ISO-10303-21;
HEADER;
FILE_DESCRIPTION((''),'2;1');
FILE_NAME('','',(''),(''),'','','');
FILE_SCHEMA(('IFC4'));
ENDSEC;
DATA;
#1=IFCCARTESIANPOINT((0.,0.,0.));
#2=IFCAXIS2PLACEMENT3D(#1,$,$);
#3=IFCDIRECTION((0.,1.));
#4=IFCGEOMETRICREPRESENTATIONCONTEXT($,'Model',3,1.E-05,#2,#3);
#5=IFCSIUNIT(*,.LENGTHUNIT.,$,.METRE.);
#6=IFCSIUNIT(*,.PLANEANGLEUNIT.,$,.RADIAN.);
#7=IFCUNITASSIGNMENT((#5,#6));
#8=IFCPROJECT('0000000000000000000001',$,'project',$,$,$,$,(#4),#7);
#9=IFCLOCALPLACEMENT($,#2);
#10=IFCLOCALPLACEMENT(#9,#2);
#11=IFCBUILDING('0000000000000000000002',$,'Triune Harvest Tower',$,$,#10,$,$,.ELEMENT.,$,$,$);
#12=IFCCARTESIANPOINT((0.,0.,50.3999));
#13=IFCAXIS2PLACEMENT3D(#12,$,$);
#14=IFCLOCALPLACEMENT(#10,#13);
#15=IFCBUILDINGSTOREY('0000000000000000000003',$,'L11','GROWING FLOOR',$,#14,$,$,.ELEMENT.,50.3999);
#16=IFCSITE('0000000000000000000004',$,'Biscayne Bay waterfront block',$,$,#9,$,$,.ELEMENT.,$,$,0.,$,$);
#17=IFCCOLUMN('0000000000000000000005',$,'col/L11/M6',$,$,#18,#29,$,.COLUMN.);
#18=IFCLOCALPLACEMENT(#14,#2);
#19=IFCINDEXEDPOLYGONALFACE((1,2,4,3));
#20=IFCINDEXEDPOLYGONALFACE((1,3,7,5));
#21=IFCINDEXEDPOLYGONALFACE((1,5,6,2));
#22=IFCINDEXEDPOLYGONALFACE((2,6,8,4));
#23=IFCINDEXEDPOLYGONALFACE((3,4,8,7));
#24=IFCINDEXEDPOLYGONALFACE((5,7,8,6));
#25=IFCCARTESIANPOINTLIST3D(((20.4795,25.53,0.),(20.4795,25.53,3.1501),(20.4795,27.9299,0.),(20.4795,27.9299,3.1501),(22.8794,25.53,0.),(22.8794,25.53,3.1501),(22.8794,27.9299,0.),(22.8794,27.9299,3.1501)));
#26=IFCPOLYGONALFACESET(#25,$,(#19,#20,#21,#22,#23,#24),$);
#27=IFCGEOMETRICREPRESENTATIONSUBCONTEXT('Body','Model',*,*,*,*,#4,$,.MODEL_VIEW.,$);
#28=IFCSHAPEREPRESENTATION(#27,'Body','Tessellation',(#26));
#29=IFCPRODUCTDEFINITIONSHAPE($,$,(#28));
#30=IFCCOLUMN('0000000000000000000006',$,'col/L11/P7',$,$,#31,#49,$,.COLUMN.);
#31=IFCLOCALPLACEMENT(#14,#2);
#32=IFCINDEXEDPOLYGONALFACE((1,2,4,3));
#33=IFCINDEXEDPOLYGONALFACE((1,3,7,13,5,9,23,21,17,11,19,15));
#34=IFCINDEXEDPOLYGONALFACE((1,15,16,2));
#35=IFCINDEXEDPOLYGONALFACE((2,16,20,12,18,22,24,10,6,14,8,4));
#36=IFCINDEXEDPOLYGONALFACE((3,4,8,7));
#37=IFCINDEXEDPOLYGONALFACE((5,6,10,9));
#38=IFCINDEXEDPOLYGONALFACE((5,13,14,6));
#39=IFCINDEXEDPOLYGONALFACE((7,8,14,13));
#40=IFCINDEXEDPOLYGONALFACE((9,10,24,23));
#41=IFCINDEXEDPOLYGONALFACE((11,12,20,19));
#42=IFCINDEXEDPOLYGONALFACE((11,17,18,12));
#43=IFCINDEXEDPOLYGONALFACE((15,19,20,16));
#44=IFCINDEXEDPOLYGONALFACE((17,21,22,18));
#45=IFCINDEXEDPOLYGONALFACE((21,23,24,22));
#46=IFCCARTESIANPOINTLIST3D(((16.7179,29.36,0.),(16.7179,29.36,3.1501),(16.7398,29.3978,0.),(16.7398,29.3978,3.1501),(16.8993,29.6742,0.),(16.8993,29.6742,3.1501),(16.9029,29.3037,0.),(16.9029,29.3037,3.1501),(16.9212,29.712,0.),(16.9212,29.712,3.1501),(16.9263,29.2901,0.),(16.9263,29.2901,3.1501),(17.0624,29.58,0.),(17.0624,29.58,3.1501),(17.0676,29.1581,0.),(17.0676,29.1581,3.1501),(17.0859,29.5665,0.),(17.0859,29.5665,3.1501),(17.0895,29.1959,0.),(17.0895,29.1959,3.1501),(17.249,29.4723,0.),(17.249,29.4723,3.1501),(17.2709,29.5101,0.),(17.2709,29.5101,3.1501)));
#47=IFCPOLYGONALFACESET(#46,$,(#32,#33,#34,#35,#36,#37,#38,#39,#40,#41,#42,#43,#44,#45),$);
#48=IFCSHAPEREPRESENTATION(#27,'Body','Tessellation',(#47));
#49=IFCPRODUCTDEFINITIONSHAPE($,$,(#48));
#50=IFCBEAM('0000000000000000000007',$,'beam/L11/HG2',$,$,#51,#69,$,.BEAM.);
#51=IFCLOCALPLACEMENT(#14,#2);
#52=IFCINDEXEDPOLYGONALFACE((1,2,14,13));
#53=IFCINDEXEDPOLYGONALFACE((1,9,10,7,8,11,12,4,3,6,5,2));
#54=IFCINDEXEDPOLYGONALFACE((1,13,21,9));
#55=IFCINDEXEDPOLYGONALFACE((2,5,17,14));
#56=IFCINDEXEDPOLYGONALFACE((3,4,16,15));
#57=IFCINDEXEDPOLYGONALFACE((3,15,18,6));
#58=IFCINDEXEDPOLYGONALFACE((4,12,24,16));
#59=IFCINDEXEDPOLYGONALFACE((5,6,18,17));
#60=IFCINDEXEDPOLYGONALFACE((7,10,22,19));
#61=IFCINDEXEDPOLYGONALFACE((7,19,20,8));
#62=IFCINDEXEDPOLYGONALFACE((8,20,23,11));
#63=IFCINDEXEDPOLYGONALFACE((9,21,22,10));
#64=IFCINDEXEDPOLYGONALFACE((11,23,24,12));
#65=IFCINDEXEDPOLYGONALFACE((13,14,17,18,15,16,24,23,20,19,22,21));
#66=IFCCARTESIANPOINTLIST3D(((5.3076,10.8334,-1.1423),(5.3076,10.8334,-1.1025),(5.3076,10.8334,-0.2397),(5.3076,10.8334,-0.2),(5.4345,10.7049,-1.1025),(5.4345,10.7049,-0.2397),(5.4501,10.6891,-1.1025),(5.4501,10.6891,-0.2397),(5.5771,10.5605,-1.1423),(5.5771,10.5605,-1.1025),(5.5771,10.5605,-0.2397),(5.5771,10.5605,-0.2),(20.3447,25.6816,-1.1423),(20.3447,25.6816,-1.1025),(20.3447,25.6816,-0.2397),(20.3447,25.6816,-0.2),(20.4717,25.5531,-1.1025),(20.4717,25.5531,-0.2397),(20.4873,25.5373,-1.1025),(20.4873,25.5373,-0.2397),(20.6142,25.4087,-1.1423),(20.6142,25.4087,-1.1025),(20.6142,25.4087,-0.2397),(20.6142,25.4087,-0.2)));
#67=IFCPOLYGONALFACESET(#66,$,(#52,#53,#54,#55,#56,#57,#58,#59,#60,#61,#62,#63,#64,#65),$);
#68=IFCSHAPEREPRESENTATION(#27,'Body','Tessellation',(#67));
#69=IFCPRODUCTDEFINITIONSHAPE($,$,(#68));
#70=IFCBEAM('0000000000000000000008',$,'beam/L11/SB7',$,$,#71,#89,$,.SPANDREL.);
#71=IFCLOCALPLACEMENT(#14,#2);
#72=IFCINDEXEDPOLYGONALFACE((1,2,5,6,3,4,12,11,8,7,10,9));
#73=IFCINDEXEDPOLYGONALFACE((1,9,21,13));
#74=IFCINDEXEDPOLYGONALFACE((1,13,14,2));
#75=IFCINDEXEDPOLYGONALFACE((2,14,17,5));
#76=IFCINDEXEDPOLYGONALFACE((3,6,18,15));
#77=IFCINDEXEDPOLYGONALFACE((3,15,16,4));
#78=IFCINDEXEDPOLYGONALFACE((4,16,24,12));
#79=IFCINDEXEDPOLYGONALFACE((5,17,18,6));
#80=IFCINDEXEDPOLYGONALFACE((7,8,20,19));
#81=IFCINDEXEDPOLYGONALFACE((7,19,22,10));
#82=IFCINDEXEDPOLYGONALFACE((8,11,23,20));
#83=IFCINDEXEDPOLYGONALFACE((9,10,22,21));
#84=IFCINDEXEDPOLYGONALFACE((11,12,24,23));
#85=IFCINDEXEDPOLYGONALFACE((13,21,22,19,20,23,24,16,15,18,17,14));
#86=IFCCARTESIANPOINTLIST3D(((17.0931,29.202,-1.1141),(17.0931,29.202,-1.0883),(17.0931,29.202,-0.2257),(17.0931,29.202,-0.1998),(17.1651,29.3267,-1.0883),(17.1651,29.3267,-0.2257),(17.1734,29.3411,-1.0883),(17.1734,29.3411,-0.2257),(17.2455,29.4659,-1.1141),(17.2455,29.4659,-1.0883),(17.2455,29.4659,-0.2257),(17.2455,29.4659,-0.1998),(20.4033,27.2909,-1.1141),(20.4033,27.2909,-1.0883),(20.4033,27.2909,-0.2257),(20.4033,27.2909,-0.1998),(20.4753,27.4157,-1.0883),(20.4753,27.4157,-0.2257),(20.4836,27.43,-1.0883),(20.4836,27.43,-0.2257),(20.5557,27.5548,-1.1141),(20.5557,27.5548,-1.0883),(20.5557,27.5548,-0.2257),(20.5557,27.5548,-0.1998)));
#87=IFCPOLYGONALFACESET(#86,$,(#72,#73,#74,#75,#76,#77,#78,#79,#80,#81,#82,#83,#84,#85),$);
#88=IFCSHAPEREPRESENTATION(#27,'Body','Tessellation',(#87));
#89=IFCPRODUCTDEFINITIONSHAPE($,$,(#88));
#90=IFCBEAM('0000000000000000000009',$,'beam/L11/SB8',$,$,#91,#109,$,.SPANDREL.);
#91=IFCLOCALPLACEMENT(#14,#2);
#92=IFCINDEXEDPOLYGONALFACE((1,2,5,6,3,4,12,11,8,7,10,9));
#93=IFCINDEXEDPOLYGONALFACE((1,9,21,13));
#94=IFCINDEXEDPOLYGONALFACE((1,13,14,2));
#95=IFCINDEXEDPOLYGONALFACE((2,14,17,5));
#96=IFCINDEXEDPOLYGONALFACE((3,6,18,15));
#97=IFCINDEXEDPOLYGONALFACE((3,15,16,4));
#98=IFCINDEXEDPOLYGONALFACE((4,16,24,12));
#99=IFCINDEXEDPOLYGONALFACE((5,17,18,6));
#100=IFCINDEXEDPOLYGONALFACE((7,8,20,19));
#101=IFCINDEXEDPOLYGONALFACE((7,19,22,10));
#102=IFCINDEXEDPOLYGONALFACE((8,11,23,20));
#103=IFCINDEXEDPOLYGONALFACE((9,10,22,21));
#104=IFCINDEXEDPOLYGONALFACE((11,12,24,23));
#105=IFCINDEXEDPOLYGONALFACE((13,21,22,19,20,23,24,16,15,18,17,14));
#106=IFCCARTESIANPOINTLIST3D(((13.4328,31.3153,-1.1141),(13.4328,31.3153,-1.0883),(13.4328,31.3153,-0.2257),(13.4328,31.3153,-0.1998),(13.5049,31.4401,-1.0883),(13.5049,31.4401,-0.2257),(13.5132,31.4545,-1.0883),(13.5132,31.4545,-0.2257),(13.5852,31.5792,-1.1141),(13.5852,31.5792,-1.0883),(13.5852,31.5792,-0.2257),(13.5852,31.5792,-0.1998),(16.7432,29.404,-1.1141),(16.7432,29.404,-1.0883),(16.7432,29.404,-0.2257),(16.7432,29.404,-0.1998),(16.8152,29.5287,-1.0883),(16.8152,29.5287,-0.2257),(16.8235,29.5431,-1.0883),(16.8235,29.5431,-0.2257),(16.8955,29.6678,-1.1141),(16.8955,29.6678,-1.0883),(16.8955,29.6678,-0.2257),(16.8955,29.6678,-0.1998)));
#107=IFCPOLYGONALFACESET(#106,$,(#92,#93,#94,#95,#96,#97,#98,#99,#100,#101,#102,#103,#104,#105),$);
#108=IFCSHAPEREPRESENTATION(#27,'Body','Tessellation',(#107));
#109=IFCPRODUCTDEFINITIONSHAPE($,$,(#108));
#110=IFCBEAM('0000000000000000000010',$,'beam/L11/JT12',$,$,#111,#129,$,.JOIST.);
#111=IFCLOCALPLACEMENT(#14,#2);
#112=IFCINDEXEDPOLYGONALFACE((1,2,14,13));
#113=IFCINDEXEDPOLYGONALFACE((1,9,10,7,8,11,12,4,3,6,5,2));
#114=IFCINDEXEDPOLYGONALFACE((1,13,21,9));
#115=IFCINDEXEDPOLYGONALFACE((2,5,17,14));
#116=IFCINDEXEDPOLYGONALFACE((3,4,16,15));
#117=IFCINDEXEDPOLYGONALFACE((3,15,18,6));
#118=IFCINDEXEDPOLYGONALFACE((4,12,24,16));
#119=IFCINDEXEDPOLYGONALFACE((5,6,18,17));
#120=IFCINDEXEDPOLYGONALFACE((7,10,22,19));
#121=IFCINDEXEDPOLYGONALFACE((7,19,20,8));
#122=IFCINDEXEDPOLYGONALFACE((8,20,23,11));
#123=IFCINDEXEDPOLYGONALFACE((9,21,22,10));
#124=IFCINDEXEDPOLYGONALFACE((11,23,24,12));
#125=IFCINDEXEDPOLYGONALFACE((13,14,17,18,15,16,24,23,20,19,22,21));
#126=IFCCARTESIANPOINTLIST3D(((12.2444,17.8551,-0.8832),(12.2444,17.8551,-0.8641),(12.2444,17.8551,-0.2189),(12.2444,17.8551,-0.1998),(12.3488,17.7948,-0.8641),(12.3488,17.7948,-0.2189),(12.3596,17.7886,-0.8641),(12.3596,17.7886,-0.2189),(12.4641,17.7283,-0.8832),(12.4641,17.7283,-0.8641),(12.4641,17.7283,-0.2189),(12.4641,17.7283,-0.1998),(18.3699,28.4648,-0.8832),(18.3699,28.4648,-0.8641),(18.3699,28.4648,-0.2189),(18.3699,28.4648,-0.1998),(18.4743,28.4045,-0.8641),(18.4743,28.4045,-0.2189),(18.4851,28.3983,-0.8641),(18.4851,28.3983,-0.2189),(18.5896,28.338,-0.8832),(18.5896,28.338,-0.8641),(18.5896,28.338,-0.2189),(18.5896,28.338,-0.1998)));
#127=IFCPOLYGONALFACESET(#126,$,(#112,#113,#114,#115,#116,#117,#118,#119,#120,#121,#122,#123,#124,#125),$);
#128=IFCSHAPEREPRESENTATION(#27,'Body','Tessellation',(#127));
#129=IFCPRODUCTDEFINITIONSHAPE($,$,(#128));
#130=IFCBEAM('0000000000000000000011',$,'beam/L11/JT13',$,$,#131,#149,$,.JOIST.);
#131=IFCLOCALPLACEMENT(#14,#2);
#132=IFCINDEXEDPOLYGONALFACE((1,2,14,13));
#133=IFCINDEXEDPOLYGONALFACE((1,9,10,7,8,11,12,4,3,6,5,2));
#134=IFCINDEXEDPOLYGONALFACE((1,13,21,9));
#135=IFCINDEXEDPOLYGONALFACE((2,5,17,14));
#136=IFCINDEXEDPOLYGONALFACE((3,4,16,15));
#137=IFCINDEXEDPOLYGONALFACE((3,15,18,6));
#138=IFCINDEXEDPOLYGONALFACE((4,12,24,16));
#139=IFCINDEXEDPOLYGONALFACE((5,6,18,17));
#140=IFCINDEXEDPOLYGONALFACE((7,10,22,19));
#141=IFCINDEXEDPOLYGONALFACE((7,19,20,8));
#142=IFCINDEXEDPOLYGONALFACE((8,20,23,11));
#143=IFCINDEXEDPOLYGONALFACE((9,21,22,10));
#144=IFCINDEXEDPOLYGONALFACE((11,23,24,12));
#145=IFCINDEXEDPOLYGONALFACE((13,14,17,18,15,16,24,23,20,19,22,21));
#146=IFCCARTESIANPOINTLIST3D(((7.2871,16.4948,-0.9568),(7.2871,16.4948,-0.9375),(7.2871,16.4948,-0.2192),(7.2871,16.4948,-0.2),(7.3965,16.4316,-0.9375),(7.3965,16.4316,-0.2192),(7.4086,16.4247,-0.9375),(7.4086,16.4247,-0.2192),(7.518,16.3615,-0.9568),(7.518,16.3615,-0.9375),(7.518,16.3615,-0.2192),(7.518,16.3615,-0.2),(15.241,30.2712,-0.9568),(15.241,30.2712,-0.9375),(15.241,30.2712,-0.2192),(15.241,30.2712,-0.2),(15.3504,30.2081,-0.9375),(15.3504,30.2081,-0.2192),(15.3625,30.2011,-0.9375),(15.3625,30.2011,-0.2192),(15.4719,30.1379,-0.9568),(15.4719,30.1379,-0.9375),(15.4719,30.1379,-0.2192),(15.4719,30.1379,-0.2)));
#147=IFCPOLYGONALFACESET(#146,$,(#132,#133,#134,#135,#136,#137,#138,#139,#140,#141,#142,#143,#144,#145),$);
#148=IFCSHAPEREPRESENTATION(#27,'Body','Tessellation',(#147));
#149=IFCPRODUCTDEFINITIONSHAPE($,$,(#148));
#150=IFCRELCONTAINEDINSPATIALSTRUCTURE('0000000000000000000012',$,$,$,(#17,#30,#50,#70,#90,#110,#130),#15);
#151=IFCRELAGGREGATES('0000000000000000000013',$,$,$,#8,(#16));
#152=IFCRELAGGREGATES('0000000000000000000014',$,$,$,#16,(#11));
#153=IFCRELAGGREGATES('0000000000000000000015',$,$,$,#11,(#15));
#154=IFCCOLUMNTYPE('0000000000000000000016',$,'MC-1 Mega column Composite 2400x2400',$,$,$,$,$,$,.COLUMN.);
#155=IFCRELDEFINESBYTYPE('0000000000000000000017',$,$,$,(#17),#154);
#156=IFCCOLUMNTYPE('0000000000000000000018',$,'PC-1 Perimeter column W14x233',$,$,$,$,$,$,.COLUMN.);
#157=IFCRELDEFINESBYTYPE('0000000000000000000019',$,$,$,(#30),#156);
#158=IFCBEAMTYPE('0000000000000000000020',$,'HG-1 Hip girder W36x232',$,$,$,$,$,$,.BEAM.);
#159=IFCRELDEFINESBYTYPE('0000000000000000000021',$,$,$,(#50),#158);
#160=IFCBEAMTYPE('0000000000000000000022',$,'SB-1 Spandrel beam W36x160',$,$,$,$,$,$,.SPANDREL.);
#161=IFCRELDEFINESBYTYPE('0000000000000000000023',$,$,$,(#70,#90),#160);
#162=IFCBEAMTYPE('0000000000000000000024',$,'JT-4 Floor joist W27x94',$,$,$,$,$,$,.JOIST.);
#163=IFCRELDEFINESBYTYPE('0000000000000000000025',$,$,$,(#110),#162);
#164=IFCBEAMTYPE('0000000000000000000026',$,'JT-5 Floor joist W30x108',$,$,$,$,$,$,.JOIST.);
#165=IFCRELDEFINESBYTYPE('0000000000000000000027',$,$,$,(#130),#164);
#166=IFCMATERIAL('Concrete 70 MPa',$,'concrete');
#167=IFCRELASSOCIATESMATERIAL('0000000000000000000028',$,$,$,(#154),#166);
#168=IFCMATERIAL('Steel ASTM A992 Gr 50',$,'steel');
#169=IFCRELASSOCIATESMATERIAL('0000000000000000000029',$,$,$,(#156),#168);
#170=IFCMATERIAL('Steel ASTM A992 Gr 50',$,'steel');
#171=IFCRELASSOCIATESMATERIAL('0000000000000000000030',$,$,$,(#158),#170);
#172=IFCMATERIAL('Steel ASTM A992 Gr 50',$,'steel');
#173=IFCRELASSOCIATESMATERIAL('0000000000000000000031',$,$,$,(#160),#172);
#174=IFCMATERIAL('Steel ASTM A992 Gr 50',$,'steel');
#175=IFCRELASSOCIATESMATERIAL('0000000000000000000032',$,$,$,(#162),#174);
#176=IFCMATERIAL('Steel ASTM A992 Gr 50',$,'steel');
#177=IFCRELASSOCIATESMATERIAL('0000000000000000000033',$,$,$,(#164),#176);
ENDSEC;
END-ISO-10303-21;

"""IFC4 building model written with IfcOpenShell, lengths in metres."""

from ifc_helpers import new_model, si_unit, direction, frame, origin, origin_2d, place, context, subcontext, project, spatial, rectangle, i_section, extrude, source, transform, mapped, material, material_profile, profile_set, type_object, element, save


model = new_model("IFC4")

# Units and contexts
model_context = context("Model", 3, precision=1e-05, world=origin(), true_north=direction((0.0, 1.0)))
body_context = subcontext(model_context, "Body", "Model", "MODEL_VIEW")
ifc_project = project(units=[si_unit("LENGTHUNIT", "METRE"), si_unit("PLANEANGLEUNIT", "RADIAN")], contexts=[model_context])

# Site, building, storey
site_placement = place(None, origin())
site = spatial("IfcSite", under=ifc_project, at=site_placement, Name="Biscayne Bay waterfront block", CompositionType="ELEMENT", RefElevation=0.0)
building_placement = place(site_placement, origin())
building = spatial("IfcBuilding", under=site, at=building_placement, Name="Triune Harvest Tower", CompositionType="ELEMENT")
storey_placement = place(building_placement, frame((0.0, 0.0, 50.3999)))
storey = spatial("IfcBuildingStorey", under=building, at=storey_placement, Name="L11", Description="GROWING FLOOR", CompositionType="ELEMENT", Elevation=50.3999)

# Columns
ifc_material_1 = material(Name="Concrete 70 MPa", Category="concrete")
ifc_material_profile_1 = material_profile(ifc_material_1, rectangle(XDim=2.3999, YDim=2.3999, at=origin_2d()), Name="Composite 2400x2400")
ifc_profile_set_1 = profile_set([ifc_material_profile_1], Name="Concrete 70 MPa")
column_type_1 = type_object("IfcColumnType", Name="MC-1 Mega column Composite 2400x2400", PredefinedType="COLUMN", material=ifc_profile_set_1)
shared_shape_1 = source(origin(), body_context, "Body", "SweptSolid", [
    extrude(rectangle(XDim=2.3999, YDim=2.3999, at=origin_2d()), origin(), (0.0, 0.0, 1.0), 3.1501),
])
column_1_placement = place(storey_placement, frame((21.6794, 26.73, 0.0), z_axis=(0.0, 0.0, 1.0), x_axis=(0.0, 1.0, 0.0)))
element("IfcColumn", 1, at=column_1_placement, inside=storey, type_object=column_type_1, Name="col/L11/M6", PredefinedType="COLUMN", context=body_context, shape_type="MappedRepresentation", body=[
    mapped(shared_shape_1, transform((0.0, 0.0, 0.0), scale=1.0)),
])
ifc_material_2 = material(Name="Steel ASTM A992 Gr 50", Category="steel")
ifc_material_profile_2 = material_profile(ifc_material_2, i_section(OverallWidth=0.4038, OverallDepth=0.4065, WebThickness=0.0271, FlangeThickness=0.0437, at=origin_2d()), Name="W14x233")
ifc_profile_set_2 = profile_set([ifc_material_profile_2], Name="Steel ASTM A992 Gr 50")
column_type_2 = type_object("IfcColumnType", Name="PC-1 Perimeter column W14x233", PredefinedType="COLUMN", material=ifc_profile_set_2)
shared_shape_2 = source(origin(), body_context, "Body", "SweptSolid", [
    extrude(i_section(OverallWidth=0.4038, OverallDepth=0.4065, WebThickness=0.0271, FlangeThickness=0.0437, at=origin_2d()), origin(), (0.0, 0.0, 1.0), 3.1501),
])
column_2_placement = place(storey_placement, frame((16.9944, 29.4351, 0.0), z_axis=(0.0, 0.0, 1.0), x_axis=(-0.866026, 0.499998, 0.0)))
element("IfcColumn", 2, at=column_2_placement, inside=storey, type_object=column_type_2, Name="col/L11/P7", PredefinedType="COLUMN", context=body_context, shape_type="MappedRepresentation", body=[
    mapped(shared_shape_2, transform((0.0, 0.0, 0.0), scale=1.0)),
])

# Beams
ifc_material_3 = material(Name="Steel ASTM A992 Gr 50", Category="steel")
ifc_material_profile_3 = material_profile(ifc_material_3, i_section(OverallWidth=0.3835, OverallDepth=0.9424, WebThickness=0.0222, FlangeThickness=0.0398, at=origin_2d()), Name="W36x232")
ifc_profile_set_3 = profile_set([ifc_material_profile_3], Name="Steel ASTM A992 Gr 50")
beam_type_1 = type_object("IfcBeamType", Name="HG-1 Hip girder W36x232", PredefinedType="BEAM", material=ifc_profile_set_3)
shared_shape_3 = source(origin(), body_context, "Body", "SweptSolid", [
    extrude(i_section(OverallWidth=0.3835, OverallDepth=0.9424, WebThickness=0.0222, FlangeThickness=0.0398, at=origin_2d()), origin(), (0.0, 0.0, 1.0), 21.1326),
])
beam_1_placement = place(storey_placement, frame((20.4795, 25.5452, -0.6711), z_axis=(-0.711564, -0.702622, 0.0), x_axis=(0.702622, -0.711564, 0.0)))
element("IfcBeam", 3, at=beam_1_placement, inside=storey, type_object=beam_type_1, Name="beam/L11/HG2", PredefinedType="BEAM", context=body_context, shape_type="MappedRepresentation", body=[
    mapped(shared_shape_3, transform((0.0, 0.0, 0.0), scale=1.0)),
])
ifc_material_4 = material(Name="Steel ASTM A992 Gr 50", Category="steel")
ifc_material_profile_4 = material_profile(ifc_material_4, i_section(OverallWidth=0.3047, OverallDepth=0.9143, WebThickness=0.0166, FlangeThickness=0.0259, at=origin_2d()), Name="W36x160")
ifc_profile_set_4 = profile_set([ifc_material_profile_4], Name="Steel ASTM A992 Gr 50")
beam_type_2 = type_object("IfcBeamType", Name="SB-1 Spandrel beam W36x160", PredefinedType="SPANDREL", material=ifc_profile_set_4)
shared_shape_4 = source(origin(), body_context, "Body", "SweptSolid", [
    extrude(i_section(OverallWidth=0.3047, OverallDepth=0.9143, WebThickness=0.0166, FlangeThickness=0.0259, at=origin_2d()), origin(), (0.0, 0.0, 1.0), 3.8223),
])
beam_2_placement = place(storey_placement, frame((20.4795, 27.4229, -0.657), z_axis=(-0.866033, 0.499986, 0.0), x_axis=(-0.499986, -0.866033, 0.0)))
element("IfcBeam", 4, at=beam_2_placement, inside=storey, type_object=beam_type_2, Name="beam/L11/SB7", PredefinedType="SPANDREL", context=body_context, shape_type="MappedRepresentation", body=[
    mapped(shared_shape_4, transform((0.0, 0.0, 0.0), scale=1.0)),
])
shared_shape_5 = source(origin(), body_context, "Body", "SweptSolid", [
    extrude(i_section(OverallWidth=0.3047, OverallDepth=0.9143, WebThickness=0.0166, FlangeThickness=0.0259, at=origin_2d()), origin(), (0.0, 0.0, 1.0), 3.8225),
])
beam_3_placement = place(storey_placement, frame((16.8193, 29.5359, -0.657), z_axis=(-0.866006, 0.500034, 0.0), x_axis=(-0.500034, -0.866006, 0.0)))
element("IfcBeam", 5, at=beam_3_placement, inside=storey, type_object=beam_type_2, Name="beam/L11/SB8", PredefinedType="SPANDREL", context=body_context, shape_type="MappedRepresentation", body=[
    mapped(shared_shape_5, transform((0.0, 0.0, 0.0), scale=1.0)),
])
ifc_material_5 = material(Name="Steel ASTM A992 Gr 50", Category="steel")
ifc_material_profile_5 = material_profile(ifc_material_5, i_section(OverallWidth=0.2537, OverallDepth=0.6833, WebThickness=0.0125, FlangeThickness=0.019, at=origin_2d()), Name="W27x94")
ifc_profile_set_5 = profile_set([ifc_material_profile_5], Name="Steel ASTM A992 Gr 50")
beam_type_3 = type_object("IfcBeamType", Name="JT-4 Floor joist W27x94", PredefinedType="JOIST", material=ifc_profile_set_5)
shared_shape_6 = source(origin(), body_context, "Body", "SweptSolid", [
    extrude(i_section(OverallWidth=0.2537, OverallDepth=0.6833, WebThickness=0.0125, FlangeThickness=0.019, at=origin_2d()), origin(), (0.0, 0.0, 1.0), 12.251),
])
beam_4_placement = place(storey_placement, frame((18.4797, 28.4014, -0.5415), z_axis=(-0.500001, -0.866025, 0.0), x_axis=(0.866025, -0.500001, 0.0)))
element("IfcBeam", 6, at=beam_4_placement, inside=storey, type_object=beam_type_3, Name="beam/L11/JT12", PredefinedType="JOIST", context=body_context, shape_type="MappedRepresentation", body=[
    mapped(shared_shape_6, transform((0.0, 0.0, 0.0), scale=1.0)),
])
ifc_material_6 = material(Name="Steel ASTM A992 Gr 50", Category="steel")
ifc_material_profile_6 = material_profile(ifc_material_6, i_section(OverallWidth=0.2666, OverallDepth=0.7568, WebThickness=0.0139, FlangeThickness=0.0193, at=origin_2d()), Name="W30x108")
ifc_profile_set_6 = profile_set([ifc_material_profile_6], Name="Steel ASTM A992 Gr 50")
beam_type_4 = type_object("IfcBeamType", Name="JT-5 Floor joist W30x108", PredefinedType="JOIST", material=ifc_profile_set_6)
shared_shape_7 = source(origin(), body_context, "Body", "SweptSolid", [
    extrude(i_section(OverallWidth=0.2666, OverallDepth=0.7568, WebThickness=0.0139, FlangeThickness=0.0193, at=origin_2d()), origin(), (0.0, 0.0, 1.0), 15.9077),
])
beam_5_placement = place(storey_placement, frame((15.3564, 30.2046, -0.5784), z_axis=(-0.500003, -0.866024, 0.0), x_axis=(0.866024, -0.500003, 0.0)))
element("IfcBeam", 7, at=beam_5_placement, inside=storey, type_object=beam_type_4, Name="beam/L11/JT13", PredefinedType="JOIST", context=body_context, shape_type="MappedRepresentation", body=[
    mapped(shared_shape_7, transform((0.0, 0.0, 0.0), scale=1.0)),
])

save(model, "model.ifc")
